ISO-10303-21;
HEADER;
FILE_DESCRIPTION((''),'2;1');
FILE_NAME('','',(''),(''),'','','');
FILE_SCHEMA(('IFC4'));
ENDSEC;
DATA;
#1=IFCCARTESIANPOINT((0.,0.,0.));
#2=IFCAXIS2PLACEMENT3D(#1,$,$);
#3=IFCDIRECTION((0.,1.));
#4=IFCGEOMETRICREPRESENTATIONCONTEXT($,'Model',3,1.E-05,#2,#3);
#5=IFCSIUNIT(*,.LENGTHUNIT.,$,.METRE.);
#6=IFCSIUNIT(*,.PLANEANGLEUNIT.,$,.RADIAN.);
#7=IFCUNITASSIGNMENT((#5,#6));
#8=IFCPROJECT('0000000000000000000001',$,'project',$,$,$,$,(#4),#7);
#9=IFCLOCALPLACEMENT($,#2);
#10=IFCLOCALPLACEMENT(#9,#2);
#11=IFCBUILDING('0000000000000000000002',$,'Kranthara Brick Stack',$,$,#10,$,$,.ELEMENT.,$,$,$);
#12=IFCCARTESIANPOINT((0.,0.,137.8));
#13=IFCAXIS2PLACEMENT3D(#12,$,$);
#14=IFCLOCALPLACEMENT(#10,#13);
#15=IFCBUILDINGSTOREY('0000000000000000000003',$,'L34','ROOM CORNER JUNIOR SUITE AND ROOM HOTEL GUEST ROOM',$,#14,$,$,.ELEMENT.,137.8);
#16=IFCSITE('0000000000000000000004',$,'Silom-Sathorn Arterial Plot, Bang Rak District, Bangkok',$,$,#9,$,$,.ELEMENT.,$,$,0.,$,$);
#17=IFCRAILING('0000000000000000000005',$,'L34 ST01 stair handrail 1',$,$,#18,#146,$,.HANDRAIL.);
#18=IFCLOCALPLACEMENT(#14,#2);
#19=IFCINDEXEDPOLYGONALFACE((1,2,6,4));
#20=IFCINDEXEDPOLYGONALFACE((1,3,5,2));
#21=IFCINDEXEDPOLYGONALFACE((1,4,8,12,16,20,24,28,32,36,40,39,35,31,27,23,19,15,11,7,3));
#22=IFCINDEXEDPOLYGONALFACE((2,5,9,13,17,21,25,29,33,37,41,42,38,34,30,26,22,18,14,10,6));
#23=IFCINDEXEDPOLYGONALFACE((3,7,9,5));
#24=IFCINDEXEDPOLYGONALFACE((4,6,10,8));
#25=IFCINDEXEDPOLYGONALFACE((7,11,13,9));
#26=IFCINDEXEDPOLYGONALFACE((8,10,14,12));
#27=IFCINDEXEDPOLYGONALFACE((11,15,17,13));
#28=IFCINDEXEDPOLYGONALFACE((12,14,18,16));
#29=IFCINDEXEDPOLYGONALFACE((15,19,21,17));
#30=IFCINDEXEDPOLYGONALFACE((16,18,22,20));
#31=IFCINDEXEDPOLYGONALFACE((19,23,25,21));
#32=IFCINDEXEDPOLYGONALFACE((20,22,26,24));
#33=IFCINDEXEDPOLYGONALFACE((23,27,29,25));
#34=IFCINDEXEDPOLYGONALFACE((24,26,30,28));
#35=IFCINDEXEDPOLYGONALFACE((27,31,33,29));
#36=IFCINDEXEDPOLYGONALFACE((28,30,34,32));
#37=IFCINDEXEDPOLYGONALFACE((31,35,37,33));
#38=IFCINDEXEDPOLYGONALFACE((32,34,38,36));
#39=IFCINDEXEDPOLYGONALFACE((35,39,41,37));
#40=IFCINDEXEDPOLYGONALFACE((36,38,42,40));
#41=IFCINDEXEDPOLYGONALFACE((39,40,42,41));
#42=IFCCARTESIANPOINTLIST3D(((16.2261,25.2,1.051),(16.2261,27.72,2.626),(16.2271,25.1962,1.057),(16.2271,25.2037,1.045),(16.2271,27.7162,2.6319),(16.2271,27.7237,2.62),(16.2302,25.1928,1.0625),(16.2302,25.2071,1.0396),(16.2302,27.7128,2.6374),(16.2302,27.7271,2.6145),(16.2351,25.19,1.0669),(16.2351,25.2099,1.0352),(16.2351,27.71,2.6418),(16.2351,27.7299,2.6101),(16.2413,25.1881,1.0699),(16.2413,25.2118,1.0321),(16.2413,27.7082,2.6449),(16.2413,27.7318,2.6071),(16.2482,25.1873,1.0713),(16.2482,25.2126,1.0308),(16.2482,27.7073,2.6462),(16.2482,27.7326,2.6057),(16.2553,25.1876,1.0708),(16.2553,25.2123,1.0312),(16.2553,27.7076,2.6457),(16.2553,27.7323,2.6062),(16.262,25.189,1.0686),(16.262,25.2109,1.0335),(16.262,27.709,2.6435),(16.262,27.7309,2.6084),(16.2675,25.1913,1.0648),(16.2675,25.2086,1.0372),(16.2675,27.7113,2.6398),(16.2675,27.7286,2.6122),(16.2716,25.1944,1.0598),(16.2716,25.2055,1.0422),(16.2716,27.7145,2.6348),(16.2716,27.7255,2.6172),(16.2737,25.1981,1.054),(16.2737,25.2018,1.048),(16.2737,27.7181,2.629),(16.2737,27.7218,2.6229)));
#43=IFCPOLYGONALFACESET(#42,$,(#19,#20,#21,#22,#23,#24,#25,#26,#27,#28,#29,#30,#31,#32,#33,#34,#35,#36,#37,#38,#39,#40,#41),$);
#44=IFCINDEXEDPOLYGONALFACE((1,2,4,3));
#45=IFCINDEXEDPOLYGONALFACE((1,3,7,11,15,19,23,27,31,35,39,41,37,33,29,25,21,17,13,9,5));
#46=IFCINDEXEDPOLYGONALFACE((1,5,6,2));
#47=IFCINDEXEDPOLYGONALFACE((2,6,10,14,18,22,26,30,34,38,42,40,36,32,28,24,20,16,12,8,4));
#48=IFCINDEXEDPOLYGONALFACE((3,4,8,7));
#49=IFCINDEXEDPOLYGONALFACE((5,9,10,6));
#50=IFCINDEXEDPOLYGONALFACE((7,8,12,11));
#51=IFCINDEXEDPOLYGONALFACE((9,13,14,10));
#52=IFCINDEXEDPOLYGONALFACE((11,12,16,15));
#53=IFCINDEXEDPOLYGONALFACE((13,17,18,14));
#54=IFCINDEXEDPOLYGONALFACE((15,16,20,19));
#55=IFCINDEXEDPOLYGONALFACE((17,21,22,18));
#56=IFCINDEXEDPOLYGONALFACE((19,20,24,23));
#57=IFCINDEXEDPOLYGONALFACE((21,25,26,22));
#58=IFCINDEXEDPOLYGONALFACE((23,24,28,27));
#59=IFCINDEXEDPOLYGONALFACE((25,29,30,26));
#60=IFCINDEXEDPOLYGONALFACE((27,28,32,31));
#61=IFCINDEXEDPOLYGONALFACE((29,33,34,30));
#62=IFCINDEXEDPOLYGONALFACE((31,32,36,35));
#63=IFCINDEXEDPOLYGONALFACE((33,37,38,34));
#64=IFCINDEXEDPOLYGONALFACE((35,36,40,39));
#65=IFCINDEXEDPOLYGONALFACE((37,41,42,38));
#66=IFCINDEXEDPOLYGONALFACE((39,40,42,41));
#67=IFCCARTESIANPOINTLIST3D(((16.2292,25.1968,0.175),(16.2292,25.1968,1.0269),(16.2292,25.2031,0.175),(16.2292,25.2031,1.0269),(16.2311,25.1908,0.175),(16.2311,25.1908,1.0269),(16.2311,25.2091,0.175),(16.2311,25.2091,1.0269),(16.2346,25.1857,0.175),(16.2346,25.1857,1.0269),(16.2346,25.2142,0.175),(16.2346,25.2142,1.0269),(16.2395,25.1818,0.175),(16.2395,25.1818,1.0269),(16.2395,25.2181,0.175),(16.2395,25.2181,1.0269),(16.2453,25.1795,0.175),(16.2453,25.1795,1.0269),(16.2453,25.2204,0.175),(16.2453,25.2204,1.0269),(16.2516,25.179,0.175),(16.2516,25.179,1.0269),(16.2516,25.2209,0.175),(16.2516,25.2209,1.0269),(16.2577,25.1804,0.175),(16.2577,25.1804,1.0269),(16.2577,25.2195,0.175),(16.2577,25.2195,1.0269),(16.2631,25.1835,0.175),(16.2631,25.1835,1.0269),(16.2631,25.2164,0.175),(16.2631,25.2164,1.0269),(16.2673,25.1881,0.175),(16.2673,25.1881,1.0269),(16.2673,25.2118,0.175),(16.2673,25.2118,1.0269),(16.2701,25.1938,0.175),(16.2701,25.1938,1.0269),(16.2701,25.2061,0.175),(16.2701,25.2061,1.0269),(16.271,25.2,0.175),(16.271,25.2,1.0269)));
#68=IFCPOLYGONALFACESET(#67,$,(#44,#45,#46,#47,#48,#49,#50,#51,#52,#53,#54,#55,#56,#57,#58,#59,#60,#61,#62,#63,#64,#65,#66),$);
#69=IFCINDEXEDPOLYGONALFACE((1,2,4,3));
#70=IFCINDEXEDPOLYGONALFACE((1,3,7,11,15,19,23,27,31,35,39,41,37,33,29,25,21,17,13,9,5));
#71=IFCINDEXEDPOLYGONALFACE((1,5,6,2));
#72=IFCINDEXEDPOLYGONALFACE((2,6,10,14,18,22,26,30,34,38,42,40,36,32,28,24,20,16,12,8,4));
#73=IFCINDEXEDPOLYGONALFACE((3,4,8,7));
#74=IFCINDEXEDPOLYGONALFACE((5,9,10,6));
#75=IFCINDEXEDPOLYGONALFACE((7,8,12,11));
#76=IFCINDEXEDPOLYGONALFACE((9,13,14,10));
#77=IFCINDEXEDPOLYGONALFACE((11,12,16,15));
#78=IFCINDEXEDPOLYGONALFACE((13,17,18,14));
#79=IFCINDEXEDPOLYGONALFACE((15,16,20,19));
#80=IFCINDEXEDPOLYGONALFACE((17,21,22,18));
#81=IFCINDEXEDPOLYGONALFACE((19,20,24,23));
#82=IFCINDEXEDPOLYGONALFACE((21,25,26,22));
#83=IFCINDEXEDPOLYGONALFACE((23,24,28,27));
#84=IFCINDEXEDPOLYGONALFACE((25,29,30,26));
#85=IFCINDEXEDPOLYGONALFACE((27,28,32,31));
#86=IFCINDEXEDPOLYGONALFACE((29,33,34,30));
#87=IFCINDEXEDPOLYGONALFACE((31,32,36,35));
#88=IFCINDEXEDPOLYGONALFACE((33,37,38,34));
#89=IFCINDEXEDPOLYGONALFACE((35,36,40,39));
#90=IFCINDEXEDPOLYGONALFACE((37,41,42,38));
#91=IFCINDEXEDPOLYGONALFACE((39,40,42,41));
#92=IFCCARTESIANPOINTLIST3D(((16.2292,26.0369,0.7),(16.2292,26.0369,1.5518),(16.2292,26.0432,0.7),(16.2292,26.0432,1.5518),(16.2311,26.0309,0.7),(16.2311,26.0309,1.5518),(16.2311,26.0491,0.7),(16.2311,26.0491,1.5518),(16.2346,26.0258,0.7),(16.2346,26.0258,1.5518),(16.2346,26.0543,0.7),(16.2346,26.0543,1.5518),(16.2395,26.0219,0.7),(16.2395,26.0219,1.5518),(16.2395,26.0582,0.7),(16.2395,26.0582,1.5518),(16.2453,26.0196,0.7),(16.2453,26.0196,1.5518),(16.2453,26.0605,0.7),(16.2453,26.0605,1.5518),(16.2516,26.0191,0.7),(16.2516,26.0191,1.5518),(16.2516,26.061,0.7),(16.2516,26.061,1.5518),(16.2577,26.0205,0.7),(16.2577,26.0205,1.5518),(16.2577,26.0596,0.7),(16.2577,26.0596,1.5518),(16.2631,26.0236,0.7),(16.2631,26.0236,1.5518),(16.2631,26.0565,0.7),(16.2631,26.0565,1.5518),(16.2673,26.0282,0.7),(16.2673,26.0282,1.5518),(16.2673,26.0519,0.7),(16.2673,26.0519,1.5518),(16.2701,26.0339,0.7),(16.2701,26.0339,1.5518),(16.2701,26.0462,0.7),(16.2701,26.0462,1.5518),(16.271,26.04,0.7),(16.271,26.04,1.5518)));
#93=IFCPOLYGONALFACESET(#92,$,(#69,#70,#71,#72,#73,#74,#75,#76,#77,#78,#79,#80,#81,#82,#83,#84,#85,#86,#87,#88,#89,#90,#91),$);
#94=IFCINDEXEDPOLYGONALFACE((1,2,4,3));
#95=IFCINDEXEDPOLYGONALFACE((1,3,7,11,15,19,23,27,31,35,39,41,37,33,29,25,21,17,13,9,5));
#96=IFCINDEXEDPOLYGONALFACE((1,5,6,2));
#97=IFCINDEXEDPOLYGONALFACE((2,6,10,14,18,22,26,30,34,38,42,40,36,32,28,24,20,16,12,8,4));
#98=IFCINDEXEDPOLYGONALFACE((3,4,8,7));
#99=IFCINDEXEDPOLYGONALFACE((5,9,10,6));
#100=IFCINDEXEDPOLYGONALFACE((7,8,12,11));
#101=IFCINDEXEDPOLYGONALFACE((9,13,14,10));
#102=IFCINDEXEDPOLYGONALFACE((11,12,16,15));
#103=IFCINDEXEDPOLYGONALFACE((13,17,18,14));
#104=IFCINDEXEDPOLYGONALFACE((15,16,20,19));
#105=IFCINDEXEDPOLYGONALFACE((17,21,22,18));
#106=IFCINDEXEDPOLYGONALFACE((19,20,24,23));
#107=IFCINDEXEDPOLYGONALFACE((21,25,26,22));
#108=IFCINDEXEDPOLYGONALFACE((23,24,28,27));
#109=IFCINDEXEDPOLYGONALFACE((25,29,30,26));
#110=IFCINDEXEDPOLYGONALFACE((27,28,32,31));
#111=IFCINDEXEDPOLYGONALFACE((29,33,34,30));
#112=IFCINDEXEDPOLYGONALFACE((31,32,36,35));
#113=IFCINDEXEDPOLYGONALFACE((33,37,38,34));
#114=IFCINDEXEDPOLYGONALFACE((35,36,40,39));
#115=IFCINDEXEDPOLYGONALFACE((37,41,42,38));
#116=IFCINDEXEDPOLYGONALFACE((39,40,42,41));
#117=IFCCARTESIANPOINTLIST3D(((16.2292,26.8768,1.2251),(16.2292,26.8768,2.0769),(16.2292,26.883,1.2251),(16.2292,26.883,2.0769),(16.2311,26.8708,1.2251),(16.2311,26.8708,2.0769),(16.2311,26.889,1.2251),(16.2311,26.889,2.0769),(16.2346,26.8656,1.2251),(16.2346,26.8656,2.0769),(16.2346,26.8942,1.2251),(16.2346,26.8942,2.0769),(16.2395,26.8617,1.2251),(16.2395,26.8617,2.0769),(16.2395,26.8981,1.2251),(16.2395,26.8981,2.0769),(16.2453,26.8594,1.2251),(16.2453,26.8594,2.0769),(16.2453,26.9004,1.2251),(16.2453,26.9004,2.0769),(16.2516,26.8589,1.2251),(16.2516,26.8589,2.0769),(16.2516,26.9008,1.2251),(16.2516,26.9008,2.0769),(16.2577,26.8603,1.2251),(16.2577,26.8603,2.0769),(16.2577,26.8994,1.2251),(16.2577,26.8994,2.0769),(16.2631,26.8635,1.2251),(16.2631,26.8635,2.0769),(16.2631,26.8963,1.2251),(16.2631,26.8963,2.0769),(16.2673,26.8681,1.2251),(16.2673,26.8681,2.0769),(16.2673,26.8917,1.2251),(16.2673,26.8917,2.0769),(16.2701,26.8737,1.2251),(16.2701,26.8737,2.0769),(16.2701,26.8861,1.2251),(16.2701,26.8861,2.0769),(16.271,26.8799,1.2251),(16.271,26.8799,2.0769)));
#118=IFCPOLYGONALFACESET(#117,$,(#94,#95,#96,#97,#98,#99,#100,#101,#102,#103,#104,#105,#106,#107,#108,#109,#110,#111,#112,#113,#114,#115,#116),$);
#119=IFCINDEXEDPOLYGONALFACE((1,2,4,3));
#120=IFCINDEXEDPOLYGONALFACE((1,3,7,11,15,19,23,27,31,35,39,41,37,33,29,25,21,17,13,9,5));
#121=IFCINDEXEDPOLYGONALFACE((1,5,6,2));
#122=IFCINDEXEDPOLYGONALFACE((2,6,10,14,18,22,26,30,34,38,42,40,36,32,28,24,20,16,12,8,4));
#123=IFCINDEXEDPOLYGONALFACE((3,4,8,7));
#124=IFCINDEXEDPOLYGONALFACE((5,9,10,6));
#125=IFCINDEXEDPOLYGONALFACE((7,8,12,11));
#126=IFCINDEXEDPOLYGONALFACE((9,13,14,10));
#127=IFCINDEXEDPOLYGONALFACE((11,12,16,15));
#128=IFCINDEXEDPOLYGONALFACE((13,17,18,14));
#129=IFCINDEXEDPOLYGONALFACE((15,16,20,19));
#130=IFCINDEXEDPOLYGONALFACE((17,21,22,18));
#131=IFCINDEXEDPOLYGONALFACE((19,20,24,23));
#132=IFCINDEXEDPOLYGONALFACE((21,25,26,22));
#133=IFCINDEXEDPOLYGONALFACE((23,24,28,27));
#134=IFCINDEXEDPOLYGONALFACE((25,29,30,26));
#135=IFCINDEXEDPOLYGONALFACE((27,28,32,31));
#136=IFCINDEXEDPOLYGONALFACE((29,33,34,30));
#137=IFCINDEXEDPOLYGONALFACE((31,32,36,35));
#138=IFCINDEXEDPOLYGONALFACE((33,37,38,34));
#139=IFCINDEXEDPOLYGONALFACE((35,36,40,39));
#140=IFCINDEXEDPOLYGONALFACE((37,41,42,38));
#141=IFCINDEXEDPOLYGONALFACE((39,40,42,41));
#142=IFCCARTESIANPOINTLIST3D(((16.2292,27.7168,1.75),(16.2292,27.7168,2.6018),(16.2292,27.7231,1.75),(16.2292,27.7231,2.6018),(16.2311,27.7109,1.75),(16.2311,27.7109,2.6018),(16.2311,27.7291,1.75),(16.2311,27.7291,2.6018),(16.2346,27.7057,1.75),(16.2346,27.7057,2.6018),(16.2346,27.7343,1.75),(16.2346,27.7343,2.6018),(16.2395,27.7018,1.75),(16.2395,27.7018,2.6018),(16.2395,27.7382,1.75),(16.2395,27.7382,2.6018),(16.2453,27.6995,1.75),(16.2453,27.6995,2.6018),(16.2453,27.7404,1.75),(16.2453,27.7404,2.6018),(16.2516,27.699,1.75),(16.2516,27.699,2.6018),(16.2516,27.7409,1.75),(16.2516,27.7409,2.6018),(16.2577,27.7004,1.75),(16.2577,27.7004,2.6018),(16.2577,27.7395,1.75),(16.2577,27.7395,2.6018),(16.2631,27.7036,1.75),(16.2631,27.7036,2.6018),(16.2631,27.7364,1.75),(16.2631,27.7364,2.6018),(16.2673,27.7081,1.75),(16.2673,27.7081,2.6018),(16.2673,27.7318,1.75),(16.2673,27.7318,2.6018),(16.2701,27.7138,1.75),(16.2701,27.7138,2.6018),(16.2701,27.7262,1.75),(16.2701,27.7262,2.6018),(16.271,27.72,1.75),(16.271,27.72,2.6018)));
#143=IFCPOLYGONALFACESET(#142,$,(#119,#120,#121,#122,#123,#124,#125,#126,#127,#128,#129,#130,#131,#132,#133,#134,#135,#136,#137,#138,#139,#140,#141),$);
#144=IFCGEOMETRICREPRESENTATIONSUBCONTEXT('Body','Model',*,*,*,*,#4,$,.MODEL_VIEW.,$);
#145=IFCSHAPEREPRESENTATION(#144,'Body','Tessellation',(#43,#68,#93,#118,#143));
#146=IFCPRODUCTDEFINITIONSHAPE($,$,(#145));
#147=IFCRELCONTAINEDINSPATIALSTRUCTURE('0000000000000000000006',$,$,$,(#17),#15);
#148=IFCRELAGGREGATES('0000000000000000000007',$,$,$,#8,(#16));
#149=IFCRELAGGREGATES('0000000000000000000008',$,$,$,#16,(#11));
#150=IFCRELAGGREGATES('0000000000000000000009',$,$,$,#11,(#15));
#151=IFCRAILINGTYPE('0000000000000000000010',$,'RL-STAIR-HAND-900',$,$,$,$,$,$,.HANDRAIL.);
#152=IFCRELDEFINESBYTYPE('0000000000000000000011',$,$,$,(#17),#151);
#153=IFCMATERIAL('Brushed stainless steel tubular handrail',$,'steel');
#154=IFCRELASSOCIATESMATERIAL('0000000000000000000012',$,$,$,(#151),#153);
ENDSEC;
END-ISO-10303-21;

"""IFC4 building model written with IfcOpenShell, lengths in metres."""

from ifc_helpers import new_model, si_unit, direction, frame, origin, origin_2d, place, context, subcontext, project, spatial, circle, extrude, material, type_object, element, save


model = new_model("IFC4")

# Units and contexts
model_context = context("Model", 3, precision=1e-05, world=origin(), true_north=direction((0.0, 1.0)))
body_context = subcontext(model_context, "Body", "Model", "MODEL_VIEW")
ifc_project = project(units=[si_unit("LENGTHUNIT", "METRE"), si_unit("PLANEANGLEUNIT", "RADIAN")], contexts=[model_context])

# Site, building, storey
site_placement = place(None, origin())
site = spatial("IfcSite", under=ifc_project, at=site_placement, Name="Silom-Sathorn Arterial Plot, Bang Rak District, Bangkok", CompositionType="ELEMENT", RefElevation=0.0)
building_placement = place(site_placement, origin())
building = spatial("IfcBuilding", under=site, at=building_placement, Name="Kranthara Brick Stack", CompositionType="ELEMENT")
storey_placement = place(building_placement, frame((0.0, 0.0, 137.8)))
storey = spatial("IfcBuildingStorey", under=building, at=storey_placement, Name="L34", Description="ROOM CORNER JUNIOR SUITE AND ROOM HOTEL GUEST ROOM", CompositionType="ELEMENT", Elevation=137.8)

# Railing
ifc_material_1 = material(Name="Brushed stainless steel tubular handrail", Category="steel")
railing_type_1 = type_object("IfcRailingType", Name="RL-STAIR-HAND-900", PredefinedType="HANDRAIL", material=ifc_material_1)
railing_1_placement = place(storey_placement, frame((16.25, 25.2, 0.175)))
element("IfcRailing", 1, at=railing_1_placement, inside=storey, type_object=railing_type_1, Name="L34 ST01 stair handrail 1", PredefinedType="HANDRAIL", context=body_context, shape_type="SweptSolid", body=[
    extrude(circle(Radius=0.0239, at=origin_2d()), frame((0.0, 0.0, 0.876), z_axis=(0.0, 0.848008, 0.529984), x_axis=(-1.0, 0.0, 0.0)), (0.0, 0.0, 1.0), 2.9717),
    extrude(circle(Radius=0.021, at=origin_2d()), origin(), (0.0, 0.0, 1.0), 0.8518),
    extrude(circle(Radius=0.021, at=origin_2d()), frame((0.0, 0.8401, 0.5249)), (0.0, 0.0, 1.0), 0.8518),
    extrude(circle(Radius=0.021, at=origin_2d()), frame((0.0, 1.6799, 1.05)), (0.0, 0.0, 1.0), 0.8518),
    extrude(circle(Radius=0.021, at=origin_2d()), frame((0.0, 2.52, 1.575)), (0.0, 0.0, 1.0), 0.8518),
])

save(model, "model.ifc")
